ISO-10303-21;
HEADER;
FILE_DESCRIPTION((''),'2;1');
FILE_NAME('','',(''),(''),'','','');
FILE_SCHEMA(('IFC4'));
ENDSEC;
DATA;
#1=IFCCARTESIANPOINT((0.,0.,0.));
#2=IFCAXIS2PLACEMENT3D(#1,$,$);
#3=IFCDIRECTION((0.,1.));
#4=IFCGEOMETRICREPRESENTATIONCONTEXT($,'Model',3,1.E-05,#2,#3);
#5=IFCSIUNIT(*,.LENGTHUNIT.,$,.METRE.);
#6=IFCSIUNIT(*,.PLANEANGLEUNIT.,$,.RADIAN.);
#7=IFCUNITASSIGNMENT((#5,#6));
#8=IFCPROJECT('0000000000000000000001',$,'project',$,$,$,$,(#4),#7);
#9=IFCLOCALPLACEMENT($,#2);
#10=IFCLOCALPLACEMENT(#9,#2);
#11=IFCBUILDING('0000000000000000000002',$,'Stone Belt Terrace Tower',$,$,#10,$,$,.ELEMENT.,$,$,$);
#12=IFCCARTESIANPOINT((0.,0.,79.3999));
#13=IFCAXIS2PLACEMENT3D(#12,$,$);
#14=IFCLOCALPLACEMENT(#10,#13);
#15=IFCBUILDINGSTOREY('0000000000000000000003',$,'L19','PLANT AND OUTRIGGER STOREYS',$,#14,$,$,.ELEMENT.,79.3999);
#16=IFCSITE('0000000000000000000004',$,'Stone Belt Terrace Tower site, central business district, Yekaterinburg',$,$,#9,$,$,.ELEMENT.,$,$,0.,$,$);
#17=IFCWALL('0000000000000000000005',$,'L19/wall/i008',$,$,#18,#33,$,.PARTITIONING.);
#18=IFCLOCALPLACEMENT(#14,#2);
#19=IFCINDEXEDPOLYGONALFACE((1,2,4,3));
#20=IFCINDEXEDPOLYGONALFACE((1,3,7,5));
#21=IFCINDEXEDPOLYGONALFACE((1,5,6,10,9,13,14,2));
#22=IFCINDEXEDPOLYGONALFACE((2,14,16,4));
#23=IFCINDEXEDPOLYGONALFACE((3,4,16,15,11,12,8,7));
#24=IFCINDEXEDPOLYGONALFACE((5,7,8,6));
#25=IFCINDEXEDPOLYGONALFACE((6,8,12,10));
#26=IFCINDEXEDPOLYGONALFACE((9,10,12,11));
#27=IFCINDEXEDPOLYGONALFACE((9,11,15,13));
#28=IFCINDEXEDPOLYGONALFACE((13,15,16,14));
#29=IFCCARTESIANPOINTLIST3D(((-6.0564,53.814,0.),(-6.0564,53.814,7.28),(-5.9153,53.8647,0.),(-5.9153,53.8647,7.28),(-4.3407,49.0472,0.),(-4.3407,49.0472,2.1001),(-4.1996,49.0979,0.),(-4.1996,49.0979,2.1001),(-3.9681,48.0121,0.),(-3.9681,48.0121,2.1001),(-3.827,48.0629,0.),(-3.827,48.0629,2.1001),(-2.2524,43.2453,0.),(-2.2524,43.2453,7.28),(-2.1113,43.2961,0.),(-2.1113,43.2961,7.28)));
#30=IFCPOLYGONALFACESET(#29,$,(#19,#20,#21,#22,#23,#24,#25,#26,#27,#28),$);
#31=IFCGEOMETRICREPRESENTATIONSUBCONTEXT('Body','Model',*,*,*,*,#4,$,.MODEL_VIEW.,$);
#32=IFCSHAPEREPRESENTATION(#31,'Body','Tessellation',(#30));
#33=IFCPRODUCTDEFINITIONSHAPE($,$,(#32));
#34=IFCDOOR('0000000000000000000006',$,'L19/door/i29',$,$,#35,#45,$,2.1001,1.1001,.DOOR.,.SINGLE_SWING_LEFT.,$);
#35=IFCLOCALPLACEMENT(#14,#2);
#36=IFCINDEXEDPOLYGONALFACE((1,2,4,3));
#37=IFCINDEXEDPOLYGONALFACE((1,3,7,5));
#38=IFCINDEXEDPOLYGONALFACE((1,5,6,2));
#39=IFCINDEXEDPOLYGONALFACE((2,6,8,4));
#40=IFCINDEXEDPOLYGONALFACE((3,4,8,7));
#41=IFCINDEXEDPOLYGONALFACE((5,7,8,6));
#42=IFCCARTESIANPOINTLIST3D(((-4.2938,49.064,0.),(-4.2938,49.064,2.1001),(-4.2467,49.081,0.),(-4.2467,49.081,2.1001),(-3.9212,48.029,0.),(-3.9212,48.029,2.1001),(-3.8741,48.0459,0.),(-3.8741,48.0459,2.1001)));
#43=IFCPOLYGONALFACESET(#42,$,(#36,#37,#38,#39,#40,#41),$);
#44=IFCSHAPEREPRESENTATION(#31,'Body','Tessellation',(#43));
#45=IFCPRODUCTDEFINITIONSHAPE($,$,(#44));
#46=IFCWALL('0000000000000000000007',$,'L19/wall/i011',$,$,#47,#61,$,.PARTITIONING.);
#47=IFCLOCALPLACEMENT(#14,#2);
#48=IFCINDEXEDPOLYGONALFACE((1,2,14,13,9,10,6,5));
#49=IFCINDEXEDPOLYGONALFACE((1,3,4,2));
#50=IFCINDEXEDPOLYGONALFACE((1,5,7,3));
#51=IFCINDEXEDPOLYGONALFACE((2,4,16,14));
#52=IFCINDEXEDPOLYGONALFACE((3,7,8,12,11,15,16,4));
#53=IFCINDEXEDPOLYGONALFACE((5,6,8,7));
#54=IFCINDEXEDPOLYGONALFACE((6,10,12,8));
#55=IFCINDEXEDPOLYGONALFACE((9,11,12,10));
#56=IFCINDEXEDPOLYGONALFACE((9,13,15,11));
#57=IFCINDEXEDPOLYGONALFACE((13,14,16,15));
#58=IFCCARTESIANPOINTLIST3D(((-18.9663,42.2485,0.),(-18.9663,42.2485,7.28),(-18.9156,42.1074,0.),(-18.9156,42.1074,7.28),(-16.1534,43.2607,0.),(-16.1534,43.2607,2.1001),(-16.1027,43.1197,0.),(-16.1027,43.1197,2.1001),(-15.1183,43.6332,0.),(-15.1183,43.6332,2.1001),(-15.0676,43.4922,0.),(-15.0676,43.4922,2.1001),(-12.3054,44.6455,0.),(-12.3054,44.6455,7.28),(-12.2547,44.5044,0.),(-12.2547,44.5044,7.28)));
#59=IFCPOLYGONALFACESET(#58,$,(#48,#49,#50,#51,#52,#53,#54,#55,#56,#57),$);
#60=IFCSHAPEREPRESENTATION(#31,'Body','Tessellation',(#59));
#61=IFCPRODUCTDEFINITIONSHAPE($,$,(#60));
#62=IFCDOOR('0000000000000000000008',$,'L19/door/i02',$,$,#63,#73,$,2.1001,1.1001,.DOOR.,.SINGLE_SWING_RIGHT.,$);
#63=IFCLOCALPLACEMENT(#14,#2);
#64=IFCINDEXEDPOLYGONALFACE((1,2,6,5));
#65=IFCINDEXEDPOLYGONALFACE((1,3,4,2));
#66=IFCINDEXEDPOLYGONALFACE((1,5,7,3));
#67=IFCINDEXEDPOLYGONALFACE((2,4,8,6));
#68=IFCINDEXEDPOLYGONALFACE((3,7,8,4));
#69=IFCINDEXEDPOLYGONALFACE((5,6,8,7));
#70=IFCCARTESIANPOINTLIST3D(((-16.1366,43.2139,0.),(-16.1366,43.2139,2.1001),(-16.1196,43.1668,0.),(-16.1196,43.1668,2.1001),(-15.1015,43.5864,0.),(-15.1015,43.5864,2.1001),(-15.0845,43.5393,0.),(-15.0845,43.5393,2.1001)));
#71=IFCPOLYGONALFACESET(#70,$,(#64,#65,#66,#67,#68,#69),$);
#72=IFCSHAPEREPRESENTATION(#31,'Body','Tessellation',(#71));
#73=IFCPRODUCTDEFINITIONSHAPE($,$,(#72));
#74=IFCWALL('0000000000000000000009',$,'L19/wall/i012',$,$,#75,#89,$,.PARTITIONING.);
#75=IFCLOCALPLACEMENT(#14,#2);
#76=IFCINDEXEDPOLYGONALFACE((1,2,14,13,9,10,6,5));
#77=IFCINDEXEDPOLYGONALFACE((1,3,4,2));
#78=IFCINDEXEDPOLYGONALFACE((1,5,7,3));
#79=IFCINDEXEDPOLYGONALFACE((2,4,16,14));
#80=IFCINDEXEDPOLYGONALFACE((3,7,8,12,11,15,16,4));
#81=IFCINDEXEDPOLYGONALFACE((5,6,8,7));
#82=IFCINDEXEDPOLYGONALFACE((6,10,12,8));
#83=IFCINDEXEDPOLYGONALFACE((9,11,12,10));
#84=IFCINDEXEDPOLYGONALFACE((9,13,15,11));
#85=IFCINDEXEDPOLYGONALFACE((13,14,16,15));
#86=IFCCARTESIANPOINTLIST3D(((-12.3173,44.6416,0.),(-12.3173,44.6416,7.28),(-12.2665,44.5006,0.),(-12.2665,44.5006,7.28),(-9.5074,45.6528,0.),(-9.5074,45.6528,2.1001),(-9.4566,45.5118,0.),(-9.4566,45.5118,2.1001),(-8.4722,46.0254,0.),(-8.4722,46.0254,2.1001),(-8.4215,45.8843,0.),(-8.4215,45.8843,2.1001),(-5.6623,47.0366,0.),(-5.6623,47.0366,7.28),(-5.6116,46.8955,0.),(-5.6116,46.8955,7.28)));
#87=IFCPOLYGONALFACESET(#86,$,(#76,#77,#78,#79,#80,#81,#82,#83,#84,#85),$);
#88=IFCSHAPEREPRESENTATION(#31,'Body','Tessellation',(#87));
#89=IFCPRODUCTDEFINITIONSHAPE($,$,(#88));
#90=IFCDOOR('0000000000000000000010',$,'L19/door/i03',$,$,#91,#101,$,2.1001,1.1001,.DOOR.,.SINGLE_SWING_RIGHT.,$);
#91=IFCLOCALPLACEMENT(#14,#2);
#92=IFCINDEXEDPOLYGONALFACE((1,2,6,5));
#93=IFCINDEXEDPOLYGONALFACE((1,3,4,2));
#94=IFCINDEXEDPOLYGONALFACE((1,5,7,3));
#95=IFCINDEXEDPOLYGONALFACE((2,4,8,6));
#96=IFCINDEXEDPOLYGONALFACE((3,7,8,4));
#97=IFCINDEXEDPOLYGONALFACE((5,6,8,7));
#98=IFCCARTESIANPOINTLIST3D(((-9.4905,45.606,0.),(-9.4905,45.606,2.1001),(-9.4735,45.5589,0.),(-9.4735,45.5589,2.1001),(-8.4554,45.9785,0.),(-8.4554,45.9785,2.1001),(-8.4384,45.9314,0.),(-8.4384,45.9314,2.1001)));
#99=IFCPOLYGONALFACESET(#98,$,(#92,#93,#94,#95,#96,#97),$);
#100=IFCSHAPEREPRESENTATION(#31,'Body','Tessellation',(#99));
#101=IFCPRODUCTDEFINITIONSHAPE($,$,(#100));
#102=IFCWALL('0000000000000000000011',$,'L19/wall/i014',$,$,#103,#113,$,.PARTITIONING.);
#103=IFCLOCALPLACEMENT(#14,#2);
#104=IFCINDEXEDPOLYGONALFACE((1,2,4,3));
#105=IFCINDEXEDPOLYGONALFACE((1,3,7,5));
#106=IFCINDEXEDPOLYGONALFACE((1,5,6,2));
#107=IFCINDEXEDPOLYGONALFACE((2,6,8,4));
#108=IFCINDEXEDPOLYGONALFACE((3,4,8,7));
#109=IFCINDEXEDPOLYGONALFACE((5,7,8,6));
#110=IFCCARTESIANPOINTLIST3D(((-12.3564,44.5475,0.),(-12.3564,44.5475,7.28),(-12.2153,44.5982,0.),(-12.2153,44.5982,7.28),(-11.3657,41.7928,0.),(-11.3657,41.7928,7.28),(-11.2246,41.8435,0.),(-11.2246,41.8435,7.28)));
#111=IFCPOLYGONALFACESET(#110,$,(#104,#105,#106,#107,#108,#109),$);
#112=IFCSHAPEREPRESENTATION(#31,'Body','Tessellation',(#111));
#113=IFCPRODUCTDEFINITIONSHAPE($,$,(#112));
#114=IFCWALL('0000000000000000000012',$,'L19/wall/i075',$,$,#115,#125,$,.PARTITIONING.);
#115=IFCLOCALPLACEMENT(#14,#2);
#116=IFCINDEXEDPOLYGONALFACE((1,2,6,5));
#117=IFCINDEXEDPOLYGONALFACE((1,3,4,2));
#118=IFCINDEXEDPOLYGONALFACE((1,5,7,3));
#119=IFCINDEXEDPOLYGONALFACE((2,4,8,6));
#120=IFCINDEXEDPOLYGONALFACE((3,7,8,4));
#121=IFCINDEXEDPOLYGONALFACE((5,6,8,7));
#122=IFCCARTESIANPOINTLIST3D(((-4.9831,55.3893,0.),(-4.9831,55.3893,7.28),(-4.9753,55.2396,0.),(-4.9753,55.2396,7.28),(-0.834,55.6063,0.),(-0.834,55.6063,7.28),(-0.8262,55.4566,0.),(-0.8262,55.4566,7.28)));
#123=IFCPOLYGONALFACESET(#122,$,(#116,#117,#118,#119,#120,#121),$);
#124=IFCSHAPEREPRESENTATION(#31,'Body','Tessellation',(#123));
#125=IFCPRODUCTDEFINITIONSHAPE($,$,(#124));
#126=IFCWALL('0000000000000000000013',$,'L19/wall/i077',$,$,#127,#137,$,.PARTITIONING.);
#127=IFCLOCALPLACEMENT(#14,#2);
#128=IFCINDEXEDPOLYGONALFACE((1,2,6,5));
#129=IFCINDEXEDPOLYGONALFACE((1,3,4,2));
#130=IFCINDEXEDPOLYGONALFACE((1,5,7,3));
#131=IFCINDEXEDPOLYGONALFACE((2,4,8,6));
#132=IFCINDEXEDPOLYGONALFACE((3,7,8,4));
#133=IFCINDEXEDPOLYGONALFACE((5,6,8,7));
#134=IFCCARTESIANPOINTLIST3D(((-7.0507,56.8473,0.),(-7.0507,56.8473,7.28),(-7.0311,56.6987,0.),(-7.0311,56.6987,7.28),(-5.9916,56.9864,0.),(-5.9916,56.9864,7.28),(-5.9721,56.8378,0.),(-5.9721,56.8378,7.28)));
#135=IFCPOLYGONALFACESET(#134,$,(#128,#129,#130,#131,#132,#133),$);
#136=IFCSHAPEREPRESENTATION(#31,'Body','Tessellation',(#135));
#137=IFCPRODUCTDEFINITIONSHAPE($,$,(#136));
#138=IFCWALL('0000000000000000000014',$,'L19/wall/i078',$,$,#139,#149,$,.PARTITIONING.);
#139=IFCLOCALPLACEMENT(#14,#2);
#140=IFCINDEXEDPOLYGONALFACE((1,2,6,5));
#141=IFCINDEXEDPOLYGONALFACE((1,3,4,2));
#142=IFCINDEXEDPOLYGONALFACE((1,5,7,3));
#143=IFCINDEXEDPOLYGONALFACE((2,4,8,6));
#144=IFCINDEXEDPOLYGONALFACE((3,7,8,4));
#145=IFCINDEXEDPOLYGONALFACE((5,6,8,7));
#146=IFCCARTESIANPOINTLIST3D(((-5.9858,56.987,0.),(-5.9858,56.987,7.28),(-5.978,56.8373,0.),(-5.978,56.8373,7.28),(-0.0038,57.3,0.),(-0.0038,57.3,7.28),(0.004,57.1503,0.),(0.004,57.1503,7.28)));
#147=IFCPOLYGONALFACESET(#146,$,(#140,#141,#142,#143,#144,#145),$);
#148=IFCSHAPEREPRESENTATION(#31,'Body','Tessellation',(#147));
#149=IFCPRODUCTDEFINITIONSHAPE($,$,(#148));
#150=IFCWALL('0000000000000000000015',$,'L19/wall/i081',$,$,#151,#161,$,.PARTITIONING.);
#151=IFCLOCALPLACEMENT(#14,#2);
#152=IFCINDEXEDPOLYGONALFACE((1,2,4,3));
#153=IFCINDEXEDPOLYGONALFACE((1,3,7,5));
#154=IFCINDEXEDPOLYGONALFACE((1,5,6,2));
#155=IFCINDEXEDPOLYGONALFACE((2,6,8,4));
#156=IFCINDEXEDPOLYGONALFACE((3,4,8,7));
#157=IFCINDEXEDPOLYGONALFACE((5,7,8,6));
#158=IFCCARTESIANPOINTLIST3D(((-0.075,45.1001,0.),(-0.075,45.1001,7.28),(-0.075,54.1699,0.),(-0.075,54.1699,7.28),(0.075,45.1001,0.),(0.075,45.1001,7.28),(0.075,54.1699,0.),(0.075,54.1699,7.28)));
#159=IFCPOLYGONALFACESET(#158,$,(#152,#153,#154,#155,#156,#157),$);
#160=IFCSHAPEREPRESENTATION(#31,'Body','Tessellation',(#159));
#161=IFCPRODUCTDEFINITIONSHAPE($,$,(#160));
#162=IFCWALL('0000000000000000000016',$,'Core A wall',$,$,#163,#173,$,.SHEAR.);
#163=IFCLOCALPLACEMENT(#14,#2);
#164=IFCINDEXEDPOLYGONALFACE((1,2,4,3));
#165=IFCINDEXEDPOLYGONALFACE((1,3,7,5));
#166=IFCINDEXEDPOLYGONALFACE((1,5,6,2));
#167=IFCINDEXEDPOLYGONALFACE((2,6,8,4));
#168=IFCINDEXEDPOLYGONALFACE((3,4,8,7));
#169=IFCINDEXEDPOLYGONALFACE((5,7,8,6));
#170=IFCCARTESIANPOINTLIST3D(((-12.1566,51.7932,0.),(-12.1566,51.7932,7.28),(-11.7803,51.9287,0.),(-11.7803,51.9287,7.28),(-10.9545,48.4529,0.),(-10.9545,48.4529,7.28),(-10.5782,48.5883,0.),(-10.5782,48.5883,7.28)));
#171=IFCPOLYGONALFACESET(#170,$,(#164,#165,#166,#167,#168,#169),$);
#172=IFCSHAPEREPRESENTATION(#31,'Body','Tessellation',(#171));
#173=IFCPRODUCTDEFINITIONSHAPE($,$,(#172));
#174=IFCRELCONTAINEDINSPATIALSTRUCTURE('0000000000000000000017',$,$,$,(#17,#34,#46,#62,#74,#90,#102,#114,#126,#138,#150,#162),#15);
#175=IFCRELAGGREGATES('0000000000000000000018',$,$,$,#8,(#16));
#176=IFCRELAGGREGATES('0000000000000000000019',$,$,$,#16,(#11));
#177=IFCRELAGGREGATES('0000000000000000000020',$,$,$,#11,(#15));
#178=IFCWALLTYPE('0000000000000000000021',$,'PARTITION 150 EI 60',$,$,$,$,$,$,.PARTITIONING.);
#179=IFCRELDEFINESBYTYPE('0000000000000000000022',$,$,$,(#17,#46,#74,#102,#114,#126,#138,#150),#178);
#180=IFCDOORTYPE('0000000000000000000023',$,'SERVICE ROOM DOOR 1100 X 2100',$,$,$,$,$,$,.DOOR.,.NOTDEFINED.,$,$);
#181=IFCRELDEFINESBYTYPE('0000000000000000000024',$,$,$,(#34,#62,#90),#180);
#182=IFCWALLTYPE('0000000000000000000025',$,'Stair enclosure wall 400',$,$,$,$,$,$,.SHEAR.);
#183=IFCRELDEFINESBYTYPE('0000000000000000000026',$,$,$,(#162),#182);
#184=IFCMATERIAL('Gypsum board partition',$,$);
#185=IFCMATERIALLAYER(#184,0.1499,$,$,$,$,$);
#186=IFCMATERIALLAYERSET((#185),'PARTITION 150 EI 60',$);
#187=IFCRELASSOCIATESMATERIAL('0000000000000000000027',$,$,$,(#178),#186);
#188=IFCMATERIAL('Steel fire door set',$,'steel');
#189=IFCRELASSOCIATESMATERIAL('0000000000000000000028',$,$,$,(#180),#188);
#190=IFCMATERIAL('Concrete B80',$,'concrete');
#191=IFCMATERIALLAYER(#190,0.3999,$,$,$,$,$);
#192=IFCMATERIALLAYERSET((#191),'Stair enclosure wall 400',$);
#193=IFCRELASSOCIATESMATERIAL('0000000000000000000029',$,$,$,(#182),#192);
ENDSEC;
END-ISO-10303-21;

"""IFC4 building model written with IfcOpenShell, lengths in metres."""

from ifc_helpers import new_model, si_unit, direction, frame, frame_2d, origin, place, context, subcontext, project, spatial, rectangle, extrude, material, layer, layer_set, type_object, element, fill, save


model = new_model("IFC4")

# Units and contexts
model_context = context("Model", 3, precision=1e-05, world=origin(), true_north=direction((0.0, 1.0)))
body_context = subcontext(model_context, "Body", "Model", "MODEL_VIEW")
ifc_project = project(units=[si_unit("LENGTHUNIT", "METRE"), si_unit("PLANEANGLEUNIT", "RADIAN")], contexts=[model_context])

# Site, building, storey
site_placement = place(None, origin())
site = spatial("IfcSite", under=ifc_project, at=site_placement, Name="Stone Belt Terrace Tower site, central business district, Yekaterinburg", CompositionType="ELEMENT", RefElevation=0.0)
building_placement = place(site_placement, origin())
building = spatial("IfcBuilding", under=site, at=building_placement, Name="Stone Belt Terrace Tower", CompositionType="ELEMENT")
storey_placement = place(building_placement, frame((0.0, 0.0, 79.3999)))
storey = spatial("IfcBuildingStorey", under=building, at=storey_placement, Name="L19", Description="PLANT AND OUTRIGGER STOREYS", CompositionType="ELEMENT", Elevation=79.3999)

# Shared definitions
ifc_material_1 = material(Name="Concrete B80", Category="concrete")

# Walls, openings, doors
ifc_material_2 = material(Name="Gypsum board partition")
ifc_layer_1 = layer(ifc_material_2, 0.1499)
ifc_layer_set_1 = layer_set([ifc_layer_1], Name="PARTITION 150 EI 60")
wall_type_1 = type_object("IfcWallType", Name="PARTITION 150 EI 60", PredefinedType="PARTITIONING", material=ifc_layer_set_1)
wall_1_placement = place(storey_placement, frame((-5.9858, 53.8394, 0.0), z_axis=(0.0, 0.0, 1.0), x_axis=(0.338661, -0.940908, 0.0)))
wall_1 = element("IfcWall", 1, at=wall_1_placement, inside=storey, type_object=wall_type_1, Name="L19/wall/i008", PredefinedType="PARTITIONING", context=body_context, shape_type="SweptSolid", body=[
    extrude(rectangle(XDim=11.2324, YDim=0.1499, at=frame_2d((5.6162, 0.0))), origin(), (0.0, 0.0, 1.0), 7.28),
])
opening_1_placement = place(wall_1_placement, frame((5.0662, 0.0, 0.0)))
opening_1 = element("IfcOpeningElement", 2, at=opening_1_placement, cuts=wall_1, PredefinedType="OPENING", context=body_context, shape_type="SweptSolid", body=[
    extrude(rectangle(XDim=1.1001, YDim=2.1001, at=frame_2d((0.55, 1.05))), frame((0.0, 0.085, 0.0), z_axis=(0.0, -1.0, 0.0), x_axis=(1.0, 0.0, 0.0)), (0.0, 0.0, 1.0), 0.1699),
])
ifc_material_3 = material(Name="Steel fire door set", Category="steel")
door_type_1 = type_object("IfcDoorType", Name="SERVICE ROOM DOOR 1100 X 2100", OperationType="NOTDEFINED", PredefinedType="DOOR", material=ifc_material_3)
door_1_placement = place(opening_1_placement, origin())
door_1 = element("IfcDoor", 3, at=door_1_placement, inside=storey, type_object=door_type_1, Name="L19/door/i29", OperationType="SINGLE_SWING_LEFT", OverallHeight=2.1001, OverallWidth=1.1001, PredefinedType="DOOR", context=body_context, shape_type="SweptSolid", body=[
    extrude(rectangle(XDim=1.1001, YDim=2.1001, at=frame_2d((0.55, 1.05))), frame((0.0, 0.0249, 0.0), z_axis=(0.0, -1.0, 0.0), x_axis=(1.0, 0.0, 0.0)), (0.0, 0.0, 1.0), 0.05),
])
fill(opening_1, door_1)
wall_2_placement = place(storey_placement, frame((-12.28, 44.575, 0.0), z_axis=(0.0, 0.0, 1.0), x_axis=(-0.94093, -0.338601, 0.0)))
wall_2 = element("IfcWall", 4, at=wall_2_placement, inside=storey, type_object=wall_type_1, Name="L19/wall/i011", PredefinedType="PARTITIONING", context=body_context, shape_type="SweptSolid", body=[
    extrude(rectangle(XDim=7.0791, YDim=0.1499, at=frame_2d((3.5396, 0.0))), origin(), (0.0, 0.0, 1.0), 7.28),
])
opening_2_placement = place(wall_2_placement, frame((2.9895, 0.0, 0.0)))
opening_2 = element("IfcOpeningElement", 5, at=opening_2_placement, cuts=wall_2, PredefinedType="OPENING", context=body_context, shape_type="SweptSolid", body=[
    extrude(rectangle(XDim=1.1001, YDim=2.1001, at=frame_2d((0.55, 1.05))), frame((0.0, 0.085, 0.0), z_axis=(0.0, -1.0, 0.0), x_axis=(1.0, 0.0, 0.0)), (0.0, 0.0, 1.0), 0.1699),
])
door_2_placement = place(opening_2_placement, origin())
door_2 = element("IfcDoor", 6, at=door_2_placement, inside=storey, type_object=door_type_1, Name="L19/door/i02", OperationType="SINGLE_SWING_RIGHT", OverallHeight=2.1001, OverallWidth=1.1001, PredefinedType="DOOR", context=body_context, shape_type="SweptSolid", body=[
    extrude(rectangle(XDim=1.1001, YDim=2.1001, at=frame_2d((0.55, 1.05))), frame((0.0, 0.0249, 0.0), z_axis=(0.0, -1.0, 0.0), x_axis=(1.0, 0.0, 0.0)), (0.0, 0.0, 1.0), 0.05),
])
fill(opening_2, door_2)
wall_3_placement = place(storey_placement, frame((-5.637, 46.9661, 0.0), z_axis=(0.0, 0.0, 1.0), x_axis=(-0.940923, -0.33862, 0.0)))
wall_3 = element("IfcWall", 7, at=wall_3_placement, inside=storey, type_object=wall_type_1, Name="L19/wall/i012", PredefinedType="PARTITIONING", context=body_context, shape_type="SweptSolid", body=[
    extrude(rectangle(XDim=7.0728, YDim=0.1499, at=frame_2d((3.5364, 0.0))), origin(), (0.0, 0.0, 1.0), 7.28),
])
opening_3_placement = place(wall_3_placement, frame((2.9863, 0.0, 0.0)))
opening_3 = element("IfcOpeningElement", 8, at=opening_3_placement, cuts=wall_3, PredefinedType="OPENING", context=body_context, shape_type="SweptSolid", body=[
    extrude(rectangle(XDim=1.1001, YDim=2.1001, at=frame_2d((0.55, 1.05))), frame((0.0, 0.085, 0.0), z_axis=(0.0, -1.0, 0.0), x_axis=(1.0, 0.0, 0.0)), (0.0, 0.0, 1.0), 0.1699),
])
door_3_placement = place(opening_3_placement, origin())
door_3 = element("IfcDoor", 9, at=door_3_placement, inside=storey, type_object=door_type_1, Name="L19/door/i03", OperationType="SINGLE_SWING_RIGHT", OverallHeight=2.1001, OverallWidth=1.1001, PredefinedType="DOOR", context=body_context, shape_type="SweptSolid", body=[
    extrude(rectangle(XDim=1.1001, YDim=2.1001, at=frame_2d((0.55, 1.05))), frame((0.0, 0.0249, 0.0), z_axis=(0.0, -1.0, 0.0), x_axis=(1.0, 0.0, 0.0)), (0.0, 0.0, 1.0), 0.05),
])
fill(opening_3, door_3)

# Walls
wall_4_placement = place(storey_placement, frame((-12.2859, 44.573, 0.0), z_axis=(0.0, 0.0, 1.0), x_axis=(0.338406, -0.941, 0.0)))
element("IfcWall", 10, at=wall_4_placement, inside=storey, type_object=wall_type_1, Name="L19/wall/i014", PredefinedType="PARTITIONING", context=body_context, shape_type="SweptSolid", body=[
    extrude(rectangle(XDim=2.9275, YDim=0.1499, at=frame_2d((1.4639, 0.0))), origin(), (0.0, 0.0, 1.0), 7.28),
])
wall_5_placement = place(storey_placement, frame((-0.8301, 55.5315, 0.0), z_axis=(0.0, 0.0, 1.0), x_axis=(-0.998635, -0.052238, 0.0)))
element("IfcWall", 11, at=wall_5_placement, inside=storey, type_object=wall_type_1, Name="L19/wall/i075", PredefinedType="PARTITIONING", context=body_context, shape_type="SweptSolid", body=[
    extrude(rectangle(XDim=4.1548, YDim=0.1499, at=frame_2d((2.0774, 0.0))), origin(), (0.0, 0.0, 1.0), 7.28),
])
wall_6_placement = place(storey_placement, frame((-7.041, 56.7729, 0.0), z_axis=(0.0, 0.0, 1.0), x_axis=(0.991478, 0.130277, 0.0)))
element("IfcWall", 12, at=wall_6_placement, inside=storey, type_object=wall_type_1, Name="L19/wall/i077", PredefinedType="PARTITIONING", context=body_context, shape_type="SweptSolid", body=[
    extrude(rectangle(XDim=1.0681, YDim=0.1499, at=frame_2d((0.5342, 0.0))), origin(), (0.0, 0.0, 1.0), 7.28),
])
wall_7_placement = place(storey_placement, frame((-5.9819, 56.9121, 0.0), z_axis=(0.0, 0.0, 1.0), x_axis=(0.998634, 0.052251, 0.0)))
element("IfcWall", 13, at=wall_7_placement, inside=storey, type_object=wall_type_1, Name="L19/wall/i078", PredefinedType="PARTITIONING", context=body_context, shape_type="SweptSolid", body=[
    extrude(rectangle(XDim=5.9902, YDim=0.1499, at=frame_2d((2.9951, 0.0))), origin(), (0.0, 0.0, 1.0), 7.28),
])
wall_8_placement = place(storey_placement, frame((0.0, 54.1699, 0.0), z_axis=(0.0, 0.0, 1.0), x_axis=(0.0, -1.0, 0.0)))
element("IfcWall", 14, at=wall_8_placement, inside=storey, type_object=wall_type_1, Name="L19/wall/i081", PredefinedType="PARTITIONING", context=body_context, shape_type="SweptSolid", body=[
    extrude(rectangle(XDim=9.0698, YDim=0.1499, at=frame_2d((4.5349, 0.0))), origin(), (0.0, 0.0, 1.0), 7.28),
])
ifc_layer_2 = layer(ifc_material_1, 0.3999)
ifc_layer_set_2 = layer_set([ifc_layer_2], Name="Stair enclosure wall 400")
wall_type_2 = type_object("IfcWallType", Name="Stair enclosure wall 400", PredefinedType="SHEAR", material=ifc_layer_set_2)
wall_9_placement = place(storey_placement, frame((-10.7664, 48.5208, 0.0), z_axis=(0.0, 0.0, 1.0), x_axis=(-0.338627, 0.940921, 0.0)))
element("IfcWall", 15, at=wall_9_placement, inside=storey, type_object=wall_type_2, Name="Core A wall", PredefinedType="SHEAR", context=body_context, shape_type="SweptSolid", body=[
    extrude(rectangle(XDim=3.55, YDim=0.3999, at=frame_2d((1.7749, 0.0))), origin(), (0.0, 0.0, 1.0), 7.28),
])

save(model, "model.ifc")
